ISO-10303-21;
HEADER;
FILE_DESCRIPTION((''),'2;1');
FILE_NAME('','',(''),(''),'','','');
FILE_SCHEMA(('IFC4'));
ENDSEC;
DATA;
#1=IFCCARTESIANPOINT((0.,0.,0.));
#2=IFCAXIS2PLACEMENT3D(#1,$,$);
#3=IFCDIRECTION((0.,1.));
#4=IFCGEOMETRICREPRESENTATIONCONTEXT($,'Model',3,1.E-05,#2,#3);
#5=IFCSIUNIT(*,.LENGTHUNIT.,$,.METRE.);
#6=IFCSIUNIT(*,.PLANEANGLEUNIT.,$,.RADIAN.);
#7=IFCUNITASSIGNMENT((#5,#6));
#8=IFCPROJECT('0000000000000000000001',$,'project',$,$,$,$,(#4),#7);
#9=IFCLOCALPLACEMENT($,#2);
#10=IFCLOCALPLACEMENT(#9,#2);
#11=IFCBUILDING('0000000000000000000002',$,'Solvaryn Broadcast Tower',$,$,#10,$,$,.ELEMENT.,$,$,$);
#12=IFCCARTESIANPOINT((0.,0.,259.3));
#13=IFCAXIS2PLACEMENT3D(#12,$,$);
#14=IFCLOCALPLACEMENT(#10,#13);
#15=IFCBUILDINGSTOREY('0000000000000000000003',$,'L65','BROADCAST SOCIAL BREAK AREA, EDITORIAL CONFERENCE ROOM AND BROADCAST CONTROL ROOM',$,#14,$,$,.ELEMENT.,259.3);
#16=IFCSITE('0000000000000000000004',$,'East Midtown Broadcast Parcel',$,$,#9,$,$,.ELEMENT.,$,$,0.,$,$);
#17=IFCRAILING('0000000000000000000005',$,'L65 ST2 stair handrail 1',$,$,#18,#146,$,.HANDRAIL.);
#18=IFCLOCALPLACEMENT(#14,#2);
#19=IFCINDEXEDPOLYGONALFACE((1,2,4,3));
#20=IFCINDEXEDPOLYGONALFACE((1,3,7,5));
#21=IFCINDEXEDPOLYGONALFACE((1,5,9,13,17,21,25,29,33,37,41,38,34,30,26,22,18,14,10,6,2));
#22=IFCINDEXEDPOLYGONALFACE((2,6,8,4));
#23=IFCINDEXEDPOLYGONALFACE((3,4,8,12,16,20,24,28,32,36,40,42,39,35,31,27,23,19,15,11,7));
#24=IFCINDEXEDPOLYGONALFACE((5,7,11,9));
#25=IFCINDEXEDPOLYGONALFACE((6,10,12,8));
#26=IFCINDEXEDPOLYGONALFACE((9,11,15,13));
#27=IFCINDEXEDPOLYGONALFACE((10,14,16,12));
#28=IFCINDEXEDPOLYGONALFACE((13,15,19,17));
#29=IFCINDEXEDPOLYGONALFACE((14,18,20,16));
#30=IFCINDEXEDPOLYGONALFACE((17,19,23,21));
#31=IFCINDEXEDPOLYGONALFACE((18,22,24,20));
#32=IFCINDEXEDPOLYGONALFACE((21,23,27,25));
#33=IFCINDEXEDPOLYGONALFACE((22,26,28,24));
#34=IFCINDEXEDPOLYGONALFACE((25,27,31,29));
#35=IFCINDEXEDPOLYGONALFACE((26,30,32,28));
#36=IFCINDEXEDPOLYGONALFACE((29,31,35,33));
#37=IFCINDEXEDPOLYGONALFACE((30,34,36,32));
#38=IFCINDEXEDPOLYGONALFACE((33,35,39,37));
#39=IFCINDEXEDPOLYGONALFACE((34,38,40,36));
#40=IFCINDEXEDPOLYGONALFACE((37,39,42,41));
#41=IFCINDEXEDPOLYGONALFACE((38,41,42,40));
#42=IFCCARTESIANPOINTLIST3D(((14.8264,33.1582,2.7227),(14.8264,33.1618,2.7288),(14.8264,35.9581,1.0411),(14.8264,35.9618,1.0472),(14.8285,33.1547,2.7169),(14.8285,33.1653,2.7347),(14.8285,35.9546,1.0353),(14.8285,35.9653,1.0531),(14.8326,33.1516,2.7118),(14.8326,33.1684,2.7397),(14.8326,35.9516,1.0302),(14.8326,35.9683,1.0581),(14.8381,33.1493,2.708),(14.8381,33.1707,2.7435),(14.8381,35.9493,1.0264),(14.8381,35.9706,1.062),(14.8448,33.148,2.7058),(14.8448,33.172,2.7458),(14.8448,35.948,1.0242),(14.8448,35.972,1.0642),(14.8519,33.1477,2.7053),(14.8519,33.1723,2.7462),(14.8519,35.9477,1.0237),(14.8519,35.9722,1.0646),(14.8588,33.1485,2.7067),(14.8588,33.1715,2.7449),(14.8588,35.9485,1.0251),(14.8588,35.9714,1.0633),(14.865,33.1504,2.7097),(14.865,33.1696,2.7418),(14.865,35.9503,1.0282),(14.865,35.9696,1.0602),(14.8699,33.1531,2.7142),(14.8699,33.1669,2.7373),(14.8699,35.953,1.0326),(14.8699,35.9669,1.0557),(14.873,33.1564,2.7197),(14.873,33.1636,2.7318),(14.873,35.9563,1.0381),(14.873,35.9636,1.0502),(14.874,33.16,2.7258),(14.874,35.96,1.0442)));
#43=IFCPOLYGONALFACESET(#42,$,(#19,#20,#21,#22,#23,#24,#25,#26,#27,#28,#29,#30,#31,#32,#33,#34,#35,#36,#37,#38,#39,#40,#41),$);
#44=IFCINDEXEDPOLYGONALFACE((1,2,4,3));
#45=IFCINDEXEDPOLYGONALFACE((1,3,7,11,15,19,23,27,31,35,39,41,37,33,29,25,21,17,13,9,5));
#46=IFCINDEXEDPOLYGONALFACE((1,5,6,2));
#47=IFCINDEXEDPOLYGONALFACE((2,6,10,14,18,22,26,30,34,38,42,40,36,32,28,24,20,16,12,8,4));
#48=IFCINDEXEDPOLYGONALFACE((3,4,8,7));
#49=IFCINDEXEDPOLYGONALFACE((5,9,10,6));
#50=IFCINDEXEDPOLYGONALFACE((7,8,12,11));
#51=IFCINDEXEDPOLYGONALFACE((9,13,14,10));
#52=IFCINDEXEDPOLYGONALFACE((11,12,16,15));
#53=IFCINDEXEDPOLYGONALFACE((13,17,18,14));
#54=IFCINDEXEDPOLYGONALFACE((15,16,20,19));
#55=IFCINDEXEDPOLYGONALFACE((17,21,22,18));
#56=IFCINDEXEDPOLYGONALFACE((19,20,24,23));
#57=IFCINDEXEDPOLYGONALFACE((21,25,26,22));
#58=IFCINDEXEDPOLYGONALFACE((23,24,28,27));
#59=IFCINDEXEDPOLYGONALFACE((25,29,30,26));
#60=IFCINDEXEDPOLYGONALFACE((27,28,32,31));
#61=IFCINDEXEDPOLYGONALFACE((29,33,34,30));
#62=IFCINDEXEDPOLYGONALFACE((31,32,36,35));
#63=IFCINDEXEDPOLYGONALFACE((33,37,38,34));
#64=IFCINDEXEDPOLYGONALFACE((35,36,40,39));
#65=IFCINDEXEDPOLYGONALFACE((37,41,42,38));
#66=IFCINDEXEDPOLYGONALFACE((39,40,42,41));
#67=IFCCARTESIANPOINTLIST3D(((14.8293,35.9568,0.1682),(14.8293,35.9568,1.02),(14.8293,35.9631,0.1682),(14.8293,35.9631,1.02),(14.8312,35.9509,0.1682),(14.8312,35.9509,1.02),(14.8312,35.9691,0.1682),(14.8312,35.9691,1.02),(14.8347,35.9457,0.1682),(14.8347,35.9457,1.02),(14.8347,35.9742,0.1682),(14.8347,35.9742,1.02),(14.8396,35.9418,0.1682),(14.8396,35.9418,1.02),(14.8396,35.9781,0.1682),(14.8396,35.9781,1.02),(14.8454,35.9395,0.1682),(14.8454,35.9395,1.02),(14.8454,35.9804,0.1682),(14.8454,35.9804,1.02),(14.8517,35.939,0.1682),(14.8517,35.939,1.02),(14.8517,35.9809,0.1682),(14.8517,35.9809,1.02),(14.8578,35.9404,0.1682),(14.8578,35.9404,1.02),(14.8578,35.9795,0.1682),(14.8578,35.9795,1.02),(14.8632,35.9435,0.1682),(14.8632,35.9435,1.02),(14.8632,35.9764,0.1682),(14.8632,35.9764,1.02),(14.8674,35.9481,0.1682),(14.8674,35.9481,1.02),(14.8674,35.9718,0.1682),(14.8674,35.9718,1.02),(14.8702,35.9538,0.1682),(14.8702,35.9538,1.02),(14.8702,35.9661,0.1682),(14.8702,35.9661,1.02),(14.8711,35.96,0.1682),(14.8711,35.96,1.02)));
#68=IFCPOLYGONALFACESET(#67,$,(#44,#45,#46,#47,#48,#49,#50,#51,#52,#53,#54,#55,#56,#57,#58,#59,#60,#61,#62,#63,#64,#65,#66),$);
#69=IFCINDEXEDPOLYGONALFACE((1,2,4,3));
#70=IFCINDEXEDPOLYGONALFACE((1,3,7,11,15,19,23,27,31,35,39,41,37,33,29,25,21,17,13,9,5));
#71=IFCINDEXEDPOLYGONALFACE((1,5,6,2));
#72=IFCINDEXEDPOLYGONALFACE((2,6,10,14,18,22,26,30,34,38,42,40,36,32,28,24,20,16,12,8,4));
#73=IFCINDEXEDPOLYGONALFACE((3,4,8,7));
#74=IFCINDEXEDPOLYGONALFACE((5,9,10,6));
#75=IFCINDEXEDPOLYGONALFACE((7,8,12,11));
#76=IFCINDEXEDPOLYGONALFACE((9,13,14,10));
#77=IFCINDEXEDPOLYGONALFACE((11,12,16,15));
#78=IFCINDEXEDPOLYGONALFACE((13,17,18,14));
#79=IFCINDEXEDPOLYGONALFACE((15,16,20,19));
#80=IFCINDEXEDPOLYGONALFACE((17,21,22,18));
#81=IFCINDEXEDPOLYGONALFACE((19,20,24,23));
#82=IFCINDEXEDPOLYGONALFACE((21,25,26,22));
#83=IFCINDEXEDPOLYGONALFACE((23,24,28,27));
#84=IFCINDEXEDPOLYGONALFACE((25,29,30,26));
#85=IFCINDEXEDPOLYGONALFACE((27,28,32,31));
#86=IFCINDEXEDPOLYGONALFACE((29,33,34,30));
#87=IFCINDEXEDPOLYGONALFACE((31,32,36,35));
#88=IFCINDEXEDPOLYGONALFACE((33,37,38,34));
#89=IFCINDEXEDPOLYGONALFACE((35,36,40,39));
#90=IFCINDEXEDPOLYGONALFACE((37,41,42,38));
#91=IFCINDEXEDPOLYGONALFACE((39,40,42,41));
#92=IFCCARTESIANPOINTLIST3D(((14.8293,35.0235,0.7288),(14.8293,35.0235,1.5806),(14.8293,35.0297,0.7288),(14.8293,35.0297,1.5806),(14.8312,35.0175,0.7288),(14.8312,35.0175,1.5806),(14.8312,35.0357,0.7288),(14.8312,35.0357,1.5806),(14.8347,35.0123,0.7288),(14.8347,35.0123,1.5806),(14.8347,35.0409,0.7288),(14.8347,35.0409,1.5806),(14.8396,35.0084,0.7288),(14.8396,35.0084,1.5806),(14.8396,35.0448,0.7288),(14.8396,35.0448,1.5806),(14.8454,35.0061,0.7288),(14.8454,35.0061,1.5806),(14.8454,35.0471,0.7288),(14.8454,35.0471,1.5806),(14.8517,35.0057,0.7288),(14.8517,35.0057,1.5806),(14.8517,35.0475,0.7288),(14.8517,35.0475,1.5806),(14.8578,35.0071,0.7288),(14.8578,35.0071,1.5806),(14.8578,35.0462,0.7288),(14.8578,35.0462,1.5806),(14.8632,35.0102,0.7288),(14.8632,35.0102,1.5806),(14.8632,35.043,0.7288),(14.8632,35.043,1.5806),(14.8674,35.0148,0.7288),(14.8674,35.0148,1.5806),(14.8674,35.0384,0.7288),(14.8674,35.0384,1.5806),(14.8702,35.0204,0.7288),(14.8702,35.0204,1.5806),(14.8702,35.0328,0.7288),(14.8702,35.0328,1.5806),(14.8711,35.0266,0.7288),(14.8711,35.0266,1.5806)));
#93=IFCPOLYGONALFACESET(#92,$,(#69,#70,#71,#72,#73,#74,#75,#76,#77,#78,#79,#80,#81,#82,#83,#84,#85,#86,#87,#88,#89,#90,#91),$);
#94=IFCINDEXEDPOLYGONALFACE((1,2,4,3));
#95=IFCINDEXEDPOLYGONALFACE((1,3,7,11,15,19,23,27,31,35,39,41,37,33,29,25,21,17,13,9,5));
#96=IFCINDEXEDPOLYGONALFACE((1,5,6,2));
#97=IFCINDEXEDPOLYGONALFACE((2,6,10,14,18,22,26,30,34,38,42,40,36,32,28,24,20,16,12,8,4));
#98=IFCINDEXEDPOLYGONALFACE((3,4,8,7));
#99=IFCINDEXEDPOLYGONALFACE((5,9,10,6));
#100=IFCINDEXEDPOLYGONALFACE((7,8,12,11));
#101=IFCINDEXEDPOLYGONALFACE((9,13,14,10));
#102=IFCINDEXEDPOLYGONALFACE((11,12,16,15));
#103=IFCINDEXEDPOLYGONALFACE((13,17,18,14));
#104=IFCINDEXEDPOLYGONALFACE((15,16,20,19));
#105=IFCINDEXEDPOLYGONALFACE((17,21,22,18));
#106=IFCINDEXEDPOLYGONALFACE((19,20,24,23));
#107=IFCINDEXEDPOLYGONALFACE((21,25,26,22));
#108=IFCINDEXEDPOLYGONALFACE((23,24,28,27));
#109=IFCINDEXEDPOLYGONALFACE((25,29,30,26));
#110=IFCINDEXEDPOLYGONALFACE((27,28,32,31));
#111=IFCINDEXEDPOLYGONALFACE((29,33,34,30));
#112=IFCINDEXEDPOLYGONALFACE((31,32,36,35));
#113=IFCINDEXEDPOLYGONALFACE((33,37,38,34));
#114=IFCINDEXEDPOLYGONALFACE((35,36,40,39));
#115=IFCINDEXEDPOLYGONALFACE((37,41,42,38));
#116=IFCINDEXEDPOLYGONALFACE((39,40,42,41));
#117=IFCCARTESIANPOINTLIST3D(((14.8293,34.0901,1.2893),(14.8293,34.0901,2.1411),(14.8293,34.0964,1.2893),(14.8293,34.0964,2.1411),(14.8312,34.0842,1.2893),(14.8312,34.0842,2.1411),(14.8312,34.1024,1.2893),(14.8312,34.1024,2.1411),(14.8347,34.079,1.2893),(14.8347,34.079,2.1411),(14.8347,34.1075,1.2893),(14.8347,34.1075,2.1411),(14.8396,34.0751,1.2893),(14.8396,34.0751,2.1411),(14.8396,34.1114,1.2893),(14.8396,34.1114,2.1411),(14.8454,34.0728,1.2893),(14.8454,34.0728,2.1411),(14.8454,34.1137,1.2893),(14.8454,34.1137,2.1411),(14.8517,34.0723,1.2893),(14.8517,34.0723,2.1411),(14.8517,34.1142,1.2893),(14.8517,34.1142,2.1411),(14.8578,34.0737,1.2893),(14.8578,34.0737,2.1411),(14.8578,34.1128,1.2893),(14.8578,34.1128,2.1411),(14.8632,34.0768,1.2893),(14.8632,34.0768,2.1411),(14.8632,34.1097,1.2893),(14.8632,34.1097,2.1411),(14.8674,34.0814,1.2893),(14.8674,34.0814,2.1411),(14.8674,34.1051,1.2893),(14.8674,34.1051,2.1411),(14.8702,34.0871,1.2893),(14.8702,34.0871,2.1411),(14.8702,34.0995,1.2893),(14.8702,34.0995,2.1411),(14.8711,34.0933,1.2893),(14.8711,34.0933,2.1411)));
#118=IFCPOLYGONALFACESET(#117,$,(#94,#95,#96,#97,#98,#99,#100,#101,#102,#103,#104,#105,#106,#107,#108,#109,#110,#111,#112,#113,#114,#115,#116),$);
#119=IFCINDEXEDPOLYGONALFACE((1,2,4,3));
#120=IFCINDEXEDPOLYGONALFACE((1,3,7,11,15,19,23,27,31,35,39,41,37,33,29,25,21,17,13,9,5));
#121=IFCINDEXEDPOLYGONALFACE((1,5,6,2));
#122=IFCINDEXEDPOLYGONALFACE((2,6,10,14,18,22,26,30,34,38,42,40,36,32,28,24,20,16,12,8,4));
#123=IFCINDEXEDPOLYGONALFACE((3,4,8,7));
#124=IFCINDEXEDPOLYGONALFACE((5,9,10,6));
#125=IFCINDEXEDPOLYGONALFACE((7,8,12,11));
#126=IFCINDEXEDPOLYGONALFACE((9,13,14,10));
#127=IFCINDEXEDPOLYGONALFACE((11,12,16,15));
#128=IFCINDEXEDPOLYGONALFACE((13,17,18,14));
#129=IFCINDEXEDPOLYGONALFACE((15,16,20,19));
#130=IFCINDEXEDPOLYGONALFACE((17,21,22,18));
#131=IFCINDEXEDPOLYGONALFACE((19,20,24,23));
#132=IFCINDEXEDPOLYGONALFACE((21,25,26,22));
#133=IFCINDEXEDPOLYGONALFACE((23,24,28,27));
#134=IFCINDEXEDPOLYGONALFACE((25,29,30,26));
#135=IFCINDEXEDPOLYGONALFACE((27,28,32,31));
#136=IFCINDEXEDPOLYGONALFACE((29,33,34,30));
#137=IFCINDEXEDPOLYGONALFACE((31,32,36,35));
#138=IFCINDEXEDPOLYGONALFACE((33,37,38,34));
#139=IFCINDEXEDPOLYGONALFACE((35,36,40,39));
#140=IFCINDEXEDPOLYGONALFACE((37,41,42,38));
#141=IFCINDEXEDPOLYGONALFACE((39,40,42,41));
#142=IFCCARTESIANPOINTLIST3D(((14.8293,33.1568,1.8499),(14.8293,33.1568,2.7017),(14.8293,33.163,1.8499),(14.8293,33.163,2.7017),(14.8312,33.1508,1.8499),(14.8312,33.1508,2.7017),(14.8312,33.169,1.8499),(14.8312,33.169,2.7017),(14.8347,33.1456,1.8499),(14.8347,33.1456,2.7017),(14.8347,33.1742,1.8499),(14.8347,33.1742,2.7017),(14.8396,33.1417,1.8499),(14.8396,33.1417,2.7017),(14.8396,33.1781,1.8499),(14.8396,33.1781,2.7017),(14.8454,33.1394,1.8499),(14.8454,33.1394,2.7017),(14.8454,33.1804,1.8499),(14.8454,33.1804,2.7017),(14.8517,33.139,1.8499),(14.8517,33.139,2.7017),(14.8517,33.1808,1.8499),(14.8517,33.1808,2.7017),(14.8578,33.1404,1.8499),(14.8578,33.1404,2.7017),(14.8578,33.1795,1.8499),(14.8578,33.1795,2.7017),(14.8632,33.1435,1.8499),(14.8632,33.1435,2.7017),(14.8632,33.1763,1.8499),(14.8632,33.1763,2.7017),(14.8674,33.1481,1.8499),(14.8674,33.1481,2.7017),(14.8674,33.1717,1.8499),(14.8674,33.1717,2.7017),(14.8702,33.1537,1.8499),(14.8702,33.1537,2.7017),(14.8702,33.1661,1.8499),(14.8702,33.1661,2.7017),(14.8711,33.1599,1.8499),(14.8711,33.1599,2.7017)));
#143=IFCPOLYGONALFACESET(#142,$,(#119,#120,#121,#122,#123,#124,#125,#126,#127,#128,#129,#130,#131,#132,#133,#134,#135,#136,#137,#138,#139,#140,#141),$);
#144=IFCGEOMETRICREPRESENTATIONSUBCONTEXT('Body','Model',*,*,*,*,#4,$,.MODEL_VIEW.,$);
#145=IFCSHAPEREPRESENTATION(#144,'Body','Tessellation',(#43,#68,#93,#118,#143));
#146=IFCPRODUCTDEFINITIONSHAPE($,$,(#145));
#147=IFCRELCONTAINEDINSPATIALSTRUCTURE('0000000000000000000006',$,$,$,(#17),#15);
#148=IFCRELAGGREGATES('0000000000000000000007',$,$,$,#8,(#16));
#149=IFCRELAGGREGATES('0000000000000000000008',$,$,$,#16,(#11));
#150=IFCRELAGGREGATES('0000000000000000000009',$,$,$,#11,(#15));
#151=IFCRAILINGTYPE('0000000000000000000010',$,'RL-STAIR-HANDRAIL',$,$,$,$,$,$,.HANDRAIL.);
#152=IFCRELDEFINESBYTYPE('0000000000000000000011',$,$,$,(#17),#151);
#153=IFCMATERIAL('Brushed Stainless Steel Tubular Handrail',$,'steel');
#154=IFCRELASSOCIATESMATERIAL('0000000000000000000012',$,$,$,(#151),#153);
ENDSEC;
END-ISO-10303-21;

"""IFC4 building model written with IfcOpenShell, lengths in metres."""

from ifc_helpers import new_model, si_unit, direction, frame, origin, origin_2d, place, context, subcontext, project, spatial, circle, extrude, material, type_object, element, save


model = new_model("IFC4")

# Units and contexts
model_context = context("Model", 3, precision=1e-05, world=origin(), true_north=direction((0.0, 1.0)))
body_context = subcontext(model_context, "Body", "Model", "MODEL_VIEW")
ifc_project = project(units=[si_unit("LENGTHUNIT", "METRE"), si_unit("PLANEANGLEUNIT", "RADIAN")], contexts=[model_context])

# Site, building, storey
site_placement = place(None, origin())
site = spatial("IfcSite", under=ifc_project, at=site_placement, Name="East Midtown Broadcast Parcel", CompositionType="ELEMENT", RefElevation=0.0)
building_placement = place(site_placement, origin())
building = spatial("IfcBuilding", under=site, at=building_placement, Name="Solvaryn Broadcast Tower", CompositionType="ELEMENT")
storey_placement = place(building_placement, frame((0.0, 0.0, 259.3)))
storey = spatial("IfcBuildingStorey", under=building, at=storey_placement, Name="L65", Description="BROADCAST SOCIAL BREAK AREA, EDITORIAL CONFERENCE ROOM AND BROADCAST CONTROL ROOM", CompositionType="ELEMENT", Elevation=259.3)

# Railing
ifc_material_1 = material(Name="Brushed Stainless Steel Tubular Handrail", Category="steel")
railing_type_1 = type_object("IfcRailingType", Name="RL-STAIR-HANDRAIL", PredefinedType="HANDRAIL", material=ifc_material_1)
railing_1_placement = place(storey_placement, frame((14.8501, 35.96, 0.1682)))
element("IfcRailing", 1, at=railing_1_placement, inside=storey, type_object=railing_type_1, Name="L65 ST2 stair handrail 1", PredefinedType="HANDRAIL", context=body_context, shape_type="SweptSolid", body=[
    extrude(circle(Radius=0.0239, at=origin_2d()), frame((0.0, 0.0, 0.876), z_axis=(0.0, -0.857275, 0.514858), x_axis=(1.0, 0.0, 0.0)), (0.0, 0.0, 1.0), 3.2661),
    extrude(circle(Radius=0.021, at=origin_2d()), origin(), (0.0, 0.0, 1.0), 0.8518),
    extrude(circle(Radius=0.021, at=origin_2d()), frame((0.0, -0.9333, 0.5605)), (0.0, 0.0, 1.0), 0.8518),
    extrude(circle(Radius=0.021, at=origin_2d()), frame((0.0, -1.8667, 1.1211)), (0.0, 0.0, 1.0), 0.8518),
    extrude(circle(Radius=0.021, at=origin_2d()), frame((0.0, -2.8, 1.6816)), (0.0, 0.0, 1.0), 0.8518),
])

save(model, "model.ifc")
